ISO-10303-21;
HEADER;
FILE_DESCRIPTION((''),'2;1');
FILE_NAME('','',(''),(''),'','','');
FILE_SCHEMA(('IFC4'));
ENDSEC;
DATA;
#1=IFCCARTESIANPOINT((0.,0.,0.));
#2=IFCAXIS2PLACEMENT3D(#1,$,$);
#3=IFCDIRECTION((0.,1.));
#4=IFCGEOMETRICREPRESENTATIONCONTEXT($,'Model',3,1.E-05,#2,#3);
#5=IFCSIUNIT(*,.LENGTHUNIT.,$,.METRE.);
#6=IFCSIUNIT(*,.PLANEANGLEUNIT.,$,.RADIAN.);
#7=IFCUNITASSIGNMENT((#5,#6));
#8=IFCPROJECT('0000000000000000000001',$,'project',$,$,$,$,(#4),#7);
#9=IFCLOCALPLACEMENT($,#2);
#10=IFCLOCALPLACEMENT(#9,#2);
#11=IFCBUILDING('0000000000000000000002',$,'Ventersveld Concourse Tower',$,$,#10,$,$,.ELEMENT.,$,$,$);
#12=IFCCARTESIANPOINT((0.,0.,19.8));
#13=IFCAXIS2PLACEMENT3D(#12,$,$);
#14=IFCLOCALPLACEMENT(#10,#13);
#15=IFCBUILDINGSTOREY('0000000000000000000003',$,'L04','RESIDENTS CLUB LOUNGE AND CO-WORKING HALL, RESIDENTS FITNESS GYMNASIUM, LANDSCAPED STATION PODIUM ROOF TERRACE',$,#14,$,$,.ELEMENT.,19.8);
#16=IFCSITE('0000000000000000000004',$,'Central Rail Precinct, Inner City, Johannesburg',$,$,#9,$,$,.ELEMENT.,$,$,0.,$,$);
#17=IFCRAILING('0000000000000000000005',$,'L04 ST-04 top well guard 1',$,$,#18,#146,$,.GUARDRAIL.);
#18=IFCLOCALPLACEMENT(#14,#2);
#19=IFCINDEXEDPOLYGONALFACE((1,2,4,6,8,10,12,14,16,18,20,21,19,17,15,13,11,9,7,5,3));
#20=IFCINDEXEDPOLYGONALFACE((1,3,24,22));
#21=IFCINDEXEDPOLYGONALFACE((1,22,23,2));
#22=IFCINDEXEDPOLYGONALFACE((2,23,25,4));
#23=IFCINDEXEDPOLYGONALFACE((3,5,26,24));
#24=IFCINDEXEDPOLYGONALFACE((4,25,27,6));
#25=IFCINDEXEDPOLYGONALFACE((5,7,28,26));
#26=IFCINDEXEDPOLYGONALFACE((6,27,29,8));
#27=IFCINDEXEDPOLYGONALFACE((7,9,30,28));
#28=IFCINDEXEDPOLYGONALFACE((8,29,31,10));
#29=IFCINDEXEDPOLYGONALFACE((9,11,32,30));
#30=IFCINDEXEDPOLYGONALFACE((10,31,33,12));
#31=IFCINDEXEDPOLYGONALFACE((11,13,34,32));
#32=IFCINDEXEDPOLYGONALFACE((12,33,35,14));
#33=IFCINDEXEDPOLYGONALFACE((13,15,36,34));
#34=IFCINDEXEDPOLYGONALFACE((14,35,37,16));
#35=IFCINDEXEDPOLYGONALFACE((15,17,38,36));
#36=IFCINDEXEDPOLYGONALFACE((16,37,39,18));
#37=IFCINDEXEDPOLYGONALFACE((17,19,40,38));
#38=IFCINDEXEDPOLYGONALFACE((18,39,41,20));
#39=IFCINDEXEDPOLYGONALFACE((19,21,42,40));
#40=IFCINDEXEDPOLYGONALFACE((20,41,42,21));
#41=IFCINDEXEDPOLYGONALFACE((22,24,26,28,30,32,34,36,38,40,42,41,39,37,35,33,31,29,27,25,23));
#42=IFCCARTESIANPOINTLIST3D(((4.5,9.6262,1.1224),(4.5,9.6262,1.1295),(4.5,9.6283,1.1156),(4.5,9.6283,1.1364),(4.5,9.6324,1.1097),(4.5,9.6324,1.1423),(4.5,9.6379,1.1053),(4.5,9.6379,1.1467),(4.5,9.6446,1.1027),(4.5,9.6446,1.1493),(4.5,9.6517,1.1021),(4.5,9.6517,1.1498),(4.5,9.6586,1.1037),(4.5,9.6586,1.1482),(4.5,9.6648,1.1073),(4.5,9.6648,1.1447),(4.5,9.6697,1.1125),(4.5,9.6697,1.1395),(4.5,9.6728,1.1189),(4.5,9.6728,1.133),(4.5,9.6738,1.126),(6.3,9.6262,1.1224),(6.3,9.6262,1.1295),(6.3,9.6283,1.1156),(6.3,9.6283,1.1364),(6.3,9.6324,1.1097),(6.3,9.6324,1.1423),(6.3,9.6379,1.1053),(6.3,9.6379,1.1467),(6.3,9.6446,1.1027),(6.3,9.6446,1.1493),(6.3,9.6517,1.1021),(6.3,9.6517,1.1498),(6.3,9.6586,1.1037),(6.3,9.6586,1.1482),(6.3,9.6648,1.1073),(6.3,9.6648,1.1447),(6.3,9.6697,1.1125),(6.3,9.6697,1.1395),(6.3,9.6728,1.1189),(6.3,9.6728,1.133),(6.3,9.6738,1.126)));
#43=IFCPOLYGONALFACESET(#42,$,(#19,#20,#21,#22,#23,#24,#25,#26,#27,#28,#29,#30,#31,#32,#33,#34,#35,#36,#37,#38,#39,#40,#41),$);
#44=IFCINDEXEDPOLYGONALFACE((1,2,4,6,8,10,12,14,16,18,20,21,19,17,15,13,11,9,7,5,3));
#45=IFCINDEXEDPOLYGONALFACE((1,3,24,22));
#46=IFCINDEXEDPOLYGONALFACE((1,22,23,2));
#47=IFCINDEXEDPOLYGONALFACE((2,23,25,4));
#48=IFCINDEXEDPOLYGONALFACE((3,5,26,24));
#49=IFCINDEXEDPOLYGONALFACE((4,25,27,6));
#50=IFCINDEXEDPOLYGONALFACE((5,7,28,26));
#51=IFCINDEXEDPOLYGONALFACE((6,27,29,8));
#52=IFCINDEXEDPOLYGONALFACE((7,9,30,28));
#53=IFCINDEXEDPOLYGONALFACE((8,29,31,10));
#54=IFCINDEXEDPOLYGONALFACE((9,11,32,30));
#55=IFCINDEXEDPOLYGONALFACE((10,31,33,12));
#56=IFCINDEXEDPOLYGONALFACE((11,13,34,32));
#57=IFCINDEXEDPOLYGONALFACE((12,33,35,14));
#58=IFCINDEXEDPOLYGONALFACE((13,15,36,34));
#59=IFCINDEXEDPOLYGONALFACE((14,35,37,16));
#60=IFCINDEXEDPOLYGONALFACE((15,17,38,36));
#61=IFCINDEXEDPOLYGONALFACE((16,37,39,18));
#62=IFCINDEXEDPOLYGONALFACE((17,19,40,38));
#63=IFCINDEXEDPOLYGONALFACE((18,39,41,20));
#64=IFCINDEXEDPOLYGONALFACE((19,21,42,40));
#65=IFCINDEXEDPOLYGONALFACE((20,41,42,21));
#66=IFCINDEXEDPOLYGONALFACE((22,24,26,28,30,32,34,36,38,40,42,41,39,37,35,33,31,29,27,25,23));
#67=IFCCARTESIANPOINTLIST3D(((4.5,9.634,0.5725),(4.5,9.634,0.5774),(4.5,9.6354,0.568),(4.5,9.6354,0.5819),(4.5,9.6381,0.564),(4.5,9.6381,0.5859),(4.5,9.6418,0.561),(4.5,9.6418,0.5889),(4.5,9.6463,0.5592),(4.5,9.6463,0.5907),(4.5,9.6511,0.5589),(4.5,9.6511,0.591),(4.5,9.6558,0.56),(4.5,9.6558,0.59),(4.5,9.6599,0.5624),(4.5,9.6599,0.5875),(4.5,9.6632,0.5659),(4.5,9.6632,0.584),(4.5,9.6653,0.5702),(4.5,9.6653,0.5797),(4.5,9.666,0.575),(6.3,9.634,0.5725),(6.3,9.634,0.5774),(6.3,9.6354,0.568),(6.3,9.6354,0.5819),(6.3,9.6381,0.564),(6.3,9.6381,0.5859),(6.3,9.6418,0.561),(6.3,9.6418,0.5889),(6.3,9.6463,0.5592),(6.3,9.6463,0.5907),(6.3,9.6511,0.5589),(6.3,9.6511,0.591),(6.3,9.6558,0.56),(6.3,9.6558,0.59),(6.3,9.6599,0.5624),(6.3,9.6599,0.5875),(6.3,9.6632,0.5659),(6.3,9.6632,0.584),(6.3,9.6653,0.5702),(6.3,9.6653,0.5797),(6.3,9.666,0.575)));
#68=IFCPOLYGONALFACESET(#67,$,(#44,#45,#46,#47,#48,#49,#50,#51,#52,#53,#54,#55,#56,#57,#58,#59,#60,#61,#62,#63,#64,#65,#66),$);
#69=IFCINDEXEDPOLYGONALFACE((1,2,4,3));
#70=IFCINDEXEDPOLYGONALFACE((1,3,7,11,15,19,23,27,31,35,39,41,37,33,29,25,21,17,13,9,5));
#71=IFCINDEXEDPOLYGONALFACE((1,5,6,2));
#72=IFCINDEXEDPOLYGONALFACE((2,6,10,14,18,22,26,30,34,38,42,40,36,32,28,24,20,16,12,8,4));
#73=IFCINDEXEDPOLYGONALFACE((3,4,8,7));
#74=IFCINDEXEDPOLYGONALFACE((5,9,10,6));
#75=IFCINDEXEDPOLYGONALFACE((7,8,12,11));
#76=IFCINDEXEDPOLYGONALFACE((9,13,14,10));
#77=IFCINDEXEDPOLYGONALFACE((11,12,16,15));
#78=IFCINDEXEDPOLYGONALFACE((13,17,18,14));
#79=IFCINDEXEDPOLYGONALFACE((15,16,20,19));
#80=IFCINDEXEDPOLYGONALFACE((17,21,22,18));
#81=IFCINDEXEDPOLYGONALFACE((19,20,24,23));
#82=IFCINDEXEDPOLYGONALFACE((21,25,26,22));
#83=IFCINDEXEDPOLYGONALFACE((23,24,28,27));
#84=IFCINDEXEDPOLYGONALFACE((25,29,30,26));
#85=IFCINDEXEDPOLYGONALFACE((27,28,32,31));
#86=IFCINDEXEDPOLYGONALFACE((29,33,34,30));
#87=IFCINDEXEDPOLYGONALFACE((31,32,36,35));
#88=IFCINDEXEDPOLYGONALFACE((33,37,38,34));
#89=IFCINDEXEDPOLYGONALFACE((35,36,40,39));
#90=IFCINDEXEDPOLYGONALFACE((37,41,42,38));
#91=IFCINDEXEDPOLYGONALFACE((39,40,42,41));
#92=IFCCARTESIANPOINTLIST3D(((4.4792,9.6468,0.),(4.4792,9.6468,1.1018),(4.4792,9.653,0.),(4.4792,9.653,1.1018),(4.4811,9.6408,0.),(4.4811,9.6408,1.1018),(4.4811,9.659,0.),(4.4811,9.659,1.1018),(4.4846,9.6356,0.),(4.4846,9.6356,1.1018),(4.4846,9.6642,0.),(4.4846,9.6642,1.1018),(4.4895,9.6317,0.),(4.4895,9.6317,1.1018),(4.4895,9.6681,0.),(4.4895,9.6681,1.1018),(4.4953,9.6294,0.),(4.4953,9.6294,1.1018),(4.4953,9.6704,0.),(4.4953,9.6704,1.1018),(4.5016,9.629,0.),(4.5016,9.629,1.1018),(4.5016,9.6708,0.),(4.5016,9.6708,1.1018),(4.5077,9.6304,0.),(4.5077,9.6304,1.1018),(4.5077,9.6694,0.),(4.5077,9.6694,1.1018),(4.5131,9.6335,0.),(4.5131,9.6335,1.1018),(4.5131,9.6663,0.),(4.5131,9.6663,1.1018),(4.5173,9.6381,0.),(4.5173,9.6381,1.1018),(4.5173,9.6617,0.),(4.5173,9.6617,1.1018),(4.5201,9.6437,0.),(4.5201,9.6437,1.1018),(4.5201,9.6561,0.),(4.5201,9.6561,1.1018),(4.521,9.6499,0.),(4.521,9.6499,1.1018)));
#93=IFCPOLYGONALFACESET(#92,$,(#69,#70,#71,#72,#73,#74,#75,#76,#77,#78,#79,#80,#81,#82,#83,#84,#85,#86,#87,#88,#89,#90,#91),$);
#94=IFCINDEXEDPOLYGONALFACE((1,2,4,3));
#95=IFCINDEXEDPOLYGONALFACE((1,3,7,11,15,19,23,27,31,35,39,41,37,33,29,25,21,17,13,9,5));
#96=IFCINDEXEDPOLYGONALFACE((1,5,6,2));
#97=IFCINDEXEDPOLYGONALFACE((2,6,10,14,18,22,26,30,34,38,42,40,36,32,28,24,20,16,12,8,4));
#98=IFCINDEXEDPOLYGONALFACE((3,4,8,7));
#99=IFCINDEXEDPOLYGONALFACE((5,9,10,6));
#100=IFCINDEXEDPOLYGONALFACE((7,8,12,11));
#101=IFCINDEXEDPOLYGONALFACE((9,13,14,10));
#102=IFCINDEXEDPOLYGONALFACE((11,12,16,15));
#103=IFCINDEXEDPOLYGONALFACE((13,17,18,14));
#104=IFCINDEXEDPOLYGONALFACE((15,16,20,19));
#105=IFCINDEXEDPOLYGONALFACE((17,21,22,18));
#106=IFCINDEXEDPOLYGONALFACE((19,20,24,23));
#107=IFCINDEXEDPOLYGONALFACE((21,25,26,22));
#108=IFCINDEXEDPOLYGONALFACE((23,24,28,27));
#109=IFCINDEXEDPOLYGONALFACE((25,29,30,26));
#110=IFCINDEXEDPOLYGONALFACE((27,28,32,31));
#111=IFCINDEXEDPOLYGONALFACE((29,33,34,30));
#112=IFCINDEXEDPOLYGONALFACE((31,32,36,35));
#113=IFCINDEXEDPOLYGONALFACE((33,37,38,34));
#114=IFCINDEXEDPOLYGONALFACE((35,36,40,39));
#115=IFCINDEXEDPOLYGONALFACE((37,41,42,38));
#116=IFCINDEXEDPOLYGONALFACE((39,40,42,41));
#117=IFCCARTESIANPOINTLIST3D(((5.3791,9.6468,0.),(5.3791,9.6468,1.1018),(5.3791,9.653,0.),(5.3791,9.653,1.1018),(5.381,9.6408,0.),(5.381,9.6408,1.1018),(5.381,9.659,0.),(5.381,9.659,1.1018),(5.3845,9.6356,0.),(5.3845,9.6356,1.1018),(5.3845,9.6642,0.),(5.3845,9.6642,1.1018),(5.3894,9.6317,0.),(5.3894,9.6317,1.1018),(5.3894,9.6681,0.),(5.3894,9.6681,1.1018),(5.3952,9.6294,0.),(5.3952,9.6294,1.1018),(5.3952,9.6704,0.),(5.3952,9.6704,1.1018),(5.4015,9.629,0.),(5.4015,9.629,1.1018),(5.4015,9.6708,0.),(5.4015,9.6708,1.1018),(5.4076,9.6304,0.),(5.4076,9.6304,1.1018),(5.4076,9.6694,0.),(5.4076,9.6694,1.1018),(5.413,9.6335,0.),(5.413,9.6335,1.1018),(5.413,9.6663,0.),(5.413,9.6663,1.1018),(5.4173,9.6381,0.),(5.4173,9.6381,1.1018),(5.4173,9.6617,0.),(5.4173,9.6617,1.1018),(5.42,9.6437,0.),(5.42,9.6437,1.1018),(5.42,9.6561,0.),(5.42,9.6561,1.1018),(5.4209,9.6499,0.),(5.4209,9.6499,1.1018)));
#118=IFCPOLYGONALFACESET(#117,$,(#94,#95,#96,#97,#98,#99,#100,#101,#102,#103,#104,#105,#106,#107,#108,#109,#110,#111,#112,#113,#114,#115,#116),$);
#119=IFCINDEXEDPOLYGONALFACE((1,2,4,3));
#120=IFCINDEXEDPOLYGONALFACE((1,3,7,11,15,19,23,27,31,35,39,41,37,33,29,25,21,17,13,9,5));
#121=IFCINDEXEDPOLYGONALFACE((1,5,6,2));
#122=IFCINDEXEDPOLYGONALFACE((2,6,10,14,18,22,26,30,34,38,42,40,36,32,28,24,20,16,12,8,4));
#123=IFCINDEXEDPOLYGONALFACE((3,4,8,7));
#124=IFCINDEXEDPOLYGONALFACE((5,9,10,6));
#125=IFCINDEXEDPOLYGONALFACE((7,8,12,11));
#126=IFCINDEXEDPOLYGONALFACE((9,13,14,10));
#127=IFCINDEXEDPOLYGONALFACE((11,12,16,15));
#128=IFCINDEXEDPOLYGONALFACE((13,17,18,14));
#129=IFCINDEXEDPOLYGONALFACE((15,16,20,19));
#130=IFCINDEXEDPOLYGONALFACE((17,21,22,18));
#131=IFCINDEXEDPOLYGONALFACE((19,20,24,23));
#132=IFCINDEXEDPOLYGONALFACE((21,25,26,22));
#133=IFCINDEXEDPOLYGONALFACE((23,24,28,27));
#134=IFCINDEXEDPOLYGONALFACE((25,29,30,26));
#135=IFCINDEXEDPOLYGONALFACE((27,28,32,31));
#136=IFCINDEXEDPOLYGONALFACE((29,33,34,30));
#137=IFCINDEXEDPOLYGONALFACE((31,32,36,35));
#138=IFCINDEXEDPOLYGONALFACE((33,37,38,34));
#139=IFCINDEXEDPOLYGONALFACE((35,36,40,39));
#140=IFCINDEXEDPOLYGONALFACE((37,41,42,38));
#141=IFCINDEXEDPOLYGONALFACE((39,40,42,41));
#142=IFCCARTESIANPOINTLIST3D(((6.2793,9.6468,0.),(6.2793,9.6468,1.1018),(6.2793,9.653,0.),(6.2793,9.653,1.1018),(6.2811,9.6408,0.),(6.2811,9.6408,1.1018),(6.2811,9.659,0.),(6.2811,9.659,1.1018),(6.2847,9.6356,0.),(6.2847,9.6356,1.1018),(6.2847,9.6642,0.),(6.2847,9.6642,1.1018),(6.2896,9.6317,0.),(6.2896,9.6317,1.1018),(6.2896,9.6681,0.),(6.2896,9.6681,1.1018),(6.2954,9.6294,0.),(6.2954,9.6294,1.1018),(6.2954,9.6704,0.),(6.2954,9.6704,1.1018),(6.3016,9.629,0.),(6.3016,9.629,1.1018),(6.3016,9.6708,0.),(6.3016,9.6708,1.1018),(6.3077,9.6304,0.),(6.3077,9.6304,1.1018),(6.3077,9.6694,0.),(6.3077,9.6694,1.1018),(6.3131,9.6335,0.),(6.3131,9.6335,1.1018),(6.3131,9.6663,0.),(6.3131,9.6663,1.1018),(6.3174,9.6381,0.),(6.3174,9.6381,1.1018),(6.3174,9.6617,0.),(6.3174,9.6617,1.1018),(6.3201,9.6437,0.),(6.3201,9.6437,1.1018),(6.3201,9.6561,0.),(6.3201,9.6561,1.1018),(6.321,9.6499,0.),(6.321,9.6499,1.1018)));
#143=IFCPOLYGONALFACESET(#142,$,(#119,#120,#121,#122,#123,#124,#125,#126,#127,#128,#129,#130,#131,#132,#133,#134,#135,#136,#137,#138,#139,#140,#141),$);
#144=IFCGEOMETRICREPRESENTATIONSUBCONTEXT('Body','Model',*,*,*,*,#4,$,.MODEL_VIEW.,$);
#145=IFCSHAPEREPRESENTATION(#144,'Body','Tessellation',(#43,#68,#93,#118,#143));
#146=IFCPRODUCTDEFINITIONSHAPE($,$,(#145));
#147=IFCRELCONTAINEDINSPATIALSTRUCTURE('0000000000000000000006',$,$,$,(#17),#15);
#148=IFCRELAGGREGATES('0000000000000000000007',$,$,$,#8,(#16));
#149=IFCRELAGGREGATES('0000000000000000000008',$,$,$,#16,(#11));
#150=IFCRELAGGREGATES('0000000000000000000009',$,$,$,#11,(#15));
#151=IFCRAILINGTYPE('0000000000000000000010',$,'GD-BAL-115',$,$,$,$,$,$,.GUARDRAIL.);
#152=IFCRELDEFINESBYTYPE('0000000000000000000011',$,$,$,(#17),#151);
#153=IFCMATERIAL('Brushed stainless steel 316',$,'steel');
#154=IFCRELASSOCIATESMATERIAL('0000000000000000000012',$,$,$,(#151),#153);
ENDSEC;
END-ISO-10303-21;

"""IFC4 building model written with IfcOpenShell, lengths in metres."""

from ifc_helpers import new_model, si_unit, direction, frame, origin, origin_2d, place, context, subcontext, project, spatial, circle, extrude, material, type_object, element, save


model = new_model("IFC4")

# Units and contexts
model_context = context("Model", 3, precision=1e-05, world=origin(), true_north=direction((0.0, 1.0)))
body_context = subcontext(model_context, "Body", "Model", "MODEL_VIEW")
ifc_project = project(units=[si_unit("LENGTHUNIT", "METRE"), si_unit("PLANEANGLEUNIT", "RADIAN")], contexts=[model_context])

# Site, building, storey
site_placement = place(None, origin())
site = spatial("IfcSite", under=ifc_project, at=site_placement, Name="Central Rail Precinct, Inner City, Johannesburg", CompositionType="ELEMENT", RefElevation=0.0)
building_placement = place(site_placement, origin())
building = spatial("IfcBuilding", under=site, at=building_placement, Name="Ventersveld Concourse Tower", CompositionType="ELEMENT")
storey_placement = place(building_placement, frame((0.0, 0.0, 19.8)))
storey = spatial("IfcBuildingStorey", under=building, at=storey_placement, Name="L04", Description="RESIDENTS CLUB LOUNGE AND CO-WORKING HALL, RESIDENTS FITNESS GYMNASIUM, LANDSCAPED STATION PODIUM ROOF TERRACE", CompositionType="ELEMENT", Elevation=19.8)

# Railing
ifc_material_1 = material(Name="Brushed stainless steel 316", Category="steel")
railing_type_1 = type_object("IfcRailingType", Name="GD-BAL-115", PredefinedType="GUARDRAIL", material=ifc_material_1)
railing_1_placement = place(storey_placement, frame((4.5, 9.6499, 0.0)))
element("IfcRailing", 1, at=railing_1_placement, inside=storey, type_object=railing_type_1, Name="L04 ST-04 top well guard 1", PredefinedType="GUARDRAIL", context=body_context, shape_type="SweptSolid", body=[
    extrude(circle(Radius=0.0239, at=origin_2d()), frame((0.0, 0.0, 1.126), z_axis=(1.0, 0.0, 0.0), x_axis=(0.0, 1.0, 0.0)), (0.0, 0.0, 1.0), 1.8),
    extrude(circle(Radius=0.0161, at=origin_2d()), frame((0.0, 0.0, 0.575), z_axis=(1.0, 0.0, 0.0), x_axis=(0.0, 1.0, 0.0)), (0.0, 0.0, 1.0), 1.8),
    extrude(circle(Radius=0.021, at=origin_2d()), origin(), (0.0, 0.0, 1.0), 1.1018),
    extrude(circle(Radius=0.021, at=origin_2d()), frame((0.8999, 0.0, 0.0)), (0.0, 0.0, 1.0), 1.1018),
    extrude(circle(Radius=0.021, at=origin_2d()), frame((1.8, 0.0, 0.0)), (0.0, 0.0, 1.0), 1.1018),
])

save(model, "model.ifc")
